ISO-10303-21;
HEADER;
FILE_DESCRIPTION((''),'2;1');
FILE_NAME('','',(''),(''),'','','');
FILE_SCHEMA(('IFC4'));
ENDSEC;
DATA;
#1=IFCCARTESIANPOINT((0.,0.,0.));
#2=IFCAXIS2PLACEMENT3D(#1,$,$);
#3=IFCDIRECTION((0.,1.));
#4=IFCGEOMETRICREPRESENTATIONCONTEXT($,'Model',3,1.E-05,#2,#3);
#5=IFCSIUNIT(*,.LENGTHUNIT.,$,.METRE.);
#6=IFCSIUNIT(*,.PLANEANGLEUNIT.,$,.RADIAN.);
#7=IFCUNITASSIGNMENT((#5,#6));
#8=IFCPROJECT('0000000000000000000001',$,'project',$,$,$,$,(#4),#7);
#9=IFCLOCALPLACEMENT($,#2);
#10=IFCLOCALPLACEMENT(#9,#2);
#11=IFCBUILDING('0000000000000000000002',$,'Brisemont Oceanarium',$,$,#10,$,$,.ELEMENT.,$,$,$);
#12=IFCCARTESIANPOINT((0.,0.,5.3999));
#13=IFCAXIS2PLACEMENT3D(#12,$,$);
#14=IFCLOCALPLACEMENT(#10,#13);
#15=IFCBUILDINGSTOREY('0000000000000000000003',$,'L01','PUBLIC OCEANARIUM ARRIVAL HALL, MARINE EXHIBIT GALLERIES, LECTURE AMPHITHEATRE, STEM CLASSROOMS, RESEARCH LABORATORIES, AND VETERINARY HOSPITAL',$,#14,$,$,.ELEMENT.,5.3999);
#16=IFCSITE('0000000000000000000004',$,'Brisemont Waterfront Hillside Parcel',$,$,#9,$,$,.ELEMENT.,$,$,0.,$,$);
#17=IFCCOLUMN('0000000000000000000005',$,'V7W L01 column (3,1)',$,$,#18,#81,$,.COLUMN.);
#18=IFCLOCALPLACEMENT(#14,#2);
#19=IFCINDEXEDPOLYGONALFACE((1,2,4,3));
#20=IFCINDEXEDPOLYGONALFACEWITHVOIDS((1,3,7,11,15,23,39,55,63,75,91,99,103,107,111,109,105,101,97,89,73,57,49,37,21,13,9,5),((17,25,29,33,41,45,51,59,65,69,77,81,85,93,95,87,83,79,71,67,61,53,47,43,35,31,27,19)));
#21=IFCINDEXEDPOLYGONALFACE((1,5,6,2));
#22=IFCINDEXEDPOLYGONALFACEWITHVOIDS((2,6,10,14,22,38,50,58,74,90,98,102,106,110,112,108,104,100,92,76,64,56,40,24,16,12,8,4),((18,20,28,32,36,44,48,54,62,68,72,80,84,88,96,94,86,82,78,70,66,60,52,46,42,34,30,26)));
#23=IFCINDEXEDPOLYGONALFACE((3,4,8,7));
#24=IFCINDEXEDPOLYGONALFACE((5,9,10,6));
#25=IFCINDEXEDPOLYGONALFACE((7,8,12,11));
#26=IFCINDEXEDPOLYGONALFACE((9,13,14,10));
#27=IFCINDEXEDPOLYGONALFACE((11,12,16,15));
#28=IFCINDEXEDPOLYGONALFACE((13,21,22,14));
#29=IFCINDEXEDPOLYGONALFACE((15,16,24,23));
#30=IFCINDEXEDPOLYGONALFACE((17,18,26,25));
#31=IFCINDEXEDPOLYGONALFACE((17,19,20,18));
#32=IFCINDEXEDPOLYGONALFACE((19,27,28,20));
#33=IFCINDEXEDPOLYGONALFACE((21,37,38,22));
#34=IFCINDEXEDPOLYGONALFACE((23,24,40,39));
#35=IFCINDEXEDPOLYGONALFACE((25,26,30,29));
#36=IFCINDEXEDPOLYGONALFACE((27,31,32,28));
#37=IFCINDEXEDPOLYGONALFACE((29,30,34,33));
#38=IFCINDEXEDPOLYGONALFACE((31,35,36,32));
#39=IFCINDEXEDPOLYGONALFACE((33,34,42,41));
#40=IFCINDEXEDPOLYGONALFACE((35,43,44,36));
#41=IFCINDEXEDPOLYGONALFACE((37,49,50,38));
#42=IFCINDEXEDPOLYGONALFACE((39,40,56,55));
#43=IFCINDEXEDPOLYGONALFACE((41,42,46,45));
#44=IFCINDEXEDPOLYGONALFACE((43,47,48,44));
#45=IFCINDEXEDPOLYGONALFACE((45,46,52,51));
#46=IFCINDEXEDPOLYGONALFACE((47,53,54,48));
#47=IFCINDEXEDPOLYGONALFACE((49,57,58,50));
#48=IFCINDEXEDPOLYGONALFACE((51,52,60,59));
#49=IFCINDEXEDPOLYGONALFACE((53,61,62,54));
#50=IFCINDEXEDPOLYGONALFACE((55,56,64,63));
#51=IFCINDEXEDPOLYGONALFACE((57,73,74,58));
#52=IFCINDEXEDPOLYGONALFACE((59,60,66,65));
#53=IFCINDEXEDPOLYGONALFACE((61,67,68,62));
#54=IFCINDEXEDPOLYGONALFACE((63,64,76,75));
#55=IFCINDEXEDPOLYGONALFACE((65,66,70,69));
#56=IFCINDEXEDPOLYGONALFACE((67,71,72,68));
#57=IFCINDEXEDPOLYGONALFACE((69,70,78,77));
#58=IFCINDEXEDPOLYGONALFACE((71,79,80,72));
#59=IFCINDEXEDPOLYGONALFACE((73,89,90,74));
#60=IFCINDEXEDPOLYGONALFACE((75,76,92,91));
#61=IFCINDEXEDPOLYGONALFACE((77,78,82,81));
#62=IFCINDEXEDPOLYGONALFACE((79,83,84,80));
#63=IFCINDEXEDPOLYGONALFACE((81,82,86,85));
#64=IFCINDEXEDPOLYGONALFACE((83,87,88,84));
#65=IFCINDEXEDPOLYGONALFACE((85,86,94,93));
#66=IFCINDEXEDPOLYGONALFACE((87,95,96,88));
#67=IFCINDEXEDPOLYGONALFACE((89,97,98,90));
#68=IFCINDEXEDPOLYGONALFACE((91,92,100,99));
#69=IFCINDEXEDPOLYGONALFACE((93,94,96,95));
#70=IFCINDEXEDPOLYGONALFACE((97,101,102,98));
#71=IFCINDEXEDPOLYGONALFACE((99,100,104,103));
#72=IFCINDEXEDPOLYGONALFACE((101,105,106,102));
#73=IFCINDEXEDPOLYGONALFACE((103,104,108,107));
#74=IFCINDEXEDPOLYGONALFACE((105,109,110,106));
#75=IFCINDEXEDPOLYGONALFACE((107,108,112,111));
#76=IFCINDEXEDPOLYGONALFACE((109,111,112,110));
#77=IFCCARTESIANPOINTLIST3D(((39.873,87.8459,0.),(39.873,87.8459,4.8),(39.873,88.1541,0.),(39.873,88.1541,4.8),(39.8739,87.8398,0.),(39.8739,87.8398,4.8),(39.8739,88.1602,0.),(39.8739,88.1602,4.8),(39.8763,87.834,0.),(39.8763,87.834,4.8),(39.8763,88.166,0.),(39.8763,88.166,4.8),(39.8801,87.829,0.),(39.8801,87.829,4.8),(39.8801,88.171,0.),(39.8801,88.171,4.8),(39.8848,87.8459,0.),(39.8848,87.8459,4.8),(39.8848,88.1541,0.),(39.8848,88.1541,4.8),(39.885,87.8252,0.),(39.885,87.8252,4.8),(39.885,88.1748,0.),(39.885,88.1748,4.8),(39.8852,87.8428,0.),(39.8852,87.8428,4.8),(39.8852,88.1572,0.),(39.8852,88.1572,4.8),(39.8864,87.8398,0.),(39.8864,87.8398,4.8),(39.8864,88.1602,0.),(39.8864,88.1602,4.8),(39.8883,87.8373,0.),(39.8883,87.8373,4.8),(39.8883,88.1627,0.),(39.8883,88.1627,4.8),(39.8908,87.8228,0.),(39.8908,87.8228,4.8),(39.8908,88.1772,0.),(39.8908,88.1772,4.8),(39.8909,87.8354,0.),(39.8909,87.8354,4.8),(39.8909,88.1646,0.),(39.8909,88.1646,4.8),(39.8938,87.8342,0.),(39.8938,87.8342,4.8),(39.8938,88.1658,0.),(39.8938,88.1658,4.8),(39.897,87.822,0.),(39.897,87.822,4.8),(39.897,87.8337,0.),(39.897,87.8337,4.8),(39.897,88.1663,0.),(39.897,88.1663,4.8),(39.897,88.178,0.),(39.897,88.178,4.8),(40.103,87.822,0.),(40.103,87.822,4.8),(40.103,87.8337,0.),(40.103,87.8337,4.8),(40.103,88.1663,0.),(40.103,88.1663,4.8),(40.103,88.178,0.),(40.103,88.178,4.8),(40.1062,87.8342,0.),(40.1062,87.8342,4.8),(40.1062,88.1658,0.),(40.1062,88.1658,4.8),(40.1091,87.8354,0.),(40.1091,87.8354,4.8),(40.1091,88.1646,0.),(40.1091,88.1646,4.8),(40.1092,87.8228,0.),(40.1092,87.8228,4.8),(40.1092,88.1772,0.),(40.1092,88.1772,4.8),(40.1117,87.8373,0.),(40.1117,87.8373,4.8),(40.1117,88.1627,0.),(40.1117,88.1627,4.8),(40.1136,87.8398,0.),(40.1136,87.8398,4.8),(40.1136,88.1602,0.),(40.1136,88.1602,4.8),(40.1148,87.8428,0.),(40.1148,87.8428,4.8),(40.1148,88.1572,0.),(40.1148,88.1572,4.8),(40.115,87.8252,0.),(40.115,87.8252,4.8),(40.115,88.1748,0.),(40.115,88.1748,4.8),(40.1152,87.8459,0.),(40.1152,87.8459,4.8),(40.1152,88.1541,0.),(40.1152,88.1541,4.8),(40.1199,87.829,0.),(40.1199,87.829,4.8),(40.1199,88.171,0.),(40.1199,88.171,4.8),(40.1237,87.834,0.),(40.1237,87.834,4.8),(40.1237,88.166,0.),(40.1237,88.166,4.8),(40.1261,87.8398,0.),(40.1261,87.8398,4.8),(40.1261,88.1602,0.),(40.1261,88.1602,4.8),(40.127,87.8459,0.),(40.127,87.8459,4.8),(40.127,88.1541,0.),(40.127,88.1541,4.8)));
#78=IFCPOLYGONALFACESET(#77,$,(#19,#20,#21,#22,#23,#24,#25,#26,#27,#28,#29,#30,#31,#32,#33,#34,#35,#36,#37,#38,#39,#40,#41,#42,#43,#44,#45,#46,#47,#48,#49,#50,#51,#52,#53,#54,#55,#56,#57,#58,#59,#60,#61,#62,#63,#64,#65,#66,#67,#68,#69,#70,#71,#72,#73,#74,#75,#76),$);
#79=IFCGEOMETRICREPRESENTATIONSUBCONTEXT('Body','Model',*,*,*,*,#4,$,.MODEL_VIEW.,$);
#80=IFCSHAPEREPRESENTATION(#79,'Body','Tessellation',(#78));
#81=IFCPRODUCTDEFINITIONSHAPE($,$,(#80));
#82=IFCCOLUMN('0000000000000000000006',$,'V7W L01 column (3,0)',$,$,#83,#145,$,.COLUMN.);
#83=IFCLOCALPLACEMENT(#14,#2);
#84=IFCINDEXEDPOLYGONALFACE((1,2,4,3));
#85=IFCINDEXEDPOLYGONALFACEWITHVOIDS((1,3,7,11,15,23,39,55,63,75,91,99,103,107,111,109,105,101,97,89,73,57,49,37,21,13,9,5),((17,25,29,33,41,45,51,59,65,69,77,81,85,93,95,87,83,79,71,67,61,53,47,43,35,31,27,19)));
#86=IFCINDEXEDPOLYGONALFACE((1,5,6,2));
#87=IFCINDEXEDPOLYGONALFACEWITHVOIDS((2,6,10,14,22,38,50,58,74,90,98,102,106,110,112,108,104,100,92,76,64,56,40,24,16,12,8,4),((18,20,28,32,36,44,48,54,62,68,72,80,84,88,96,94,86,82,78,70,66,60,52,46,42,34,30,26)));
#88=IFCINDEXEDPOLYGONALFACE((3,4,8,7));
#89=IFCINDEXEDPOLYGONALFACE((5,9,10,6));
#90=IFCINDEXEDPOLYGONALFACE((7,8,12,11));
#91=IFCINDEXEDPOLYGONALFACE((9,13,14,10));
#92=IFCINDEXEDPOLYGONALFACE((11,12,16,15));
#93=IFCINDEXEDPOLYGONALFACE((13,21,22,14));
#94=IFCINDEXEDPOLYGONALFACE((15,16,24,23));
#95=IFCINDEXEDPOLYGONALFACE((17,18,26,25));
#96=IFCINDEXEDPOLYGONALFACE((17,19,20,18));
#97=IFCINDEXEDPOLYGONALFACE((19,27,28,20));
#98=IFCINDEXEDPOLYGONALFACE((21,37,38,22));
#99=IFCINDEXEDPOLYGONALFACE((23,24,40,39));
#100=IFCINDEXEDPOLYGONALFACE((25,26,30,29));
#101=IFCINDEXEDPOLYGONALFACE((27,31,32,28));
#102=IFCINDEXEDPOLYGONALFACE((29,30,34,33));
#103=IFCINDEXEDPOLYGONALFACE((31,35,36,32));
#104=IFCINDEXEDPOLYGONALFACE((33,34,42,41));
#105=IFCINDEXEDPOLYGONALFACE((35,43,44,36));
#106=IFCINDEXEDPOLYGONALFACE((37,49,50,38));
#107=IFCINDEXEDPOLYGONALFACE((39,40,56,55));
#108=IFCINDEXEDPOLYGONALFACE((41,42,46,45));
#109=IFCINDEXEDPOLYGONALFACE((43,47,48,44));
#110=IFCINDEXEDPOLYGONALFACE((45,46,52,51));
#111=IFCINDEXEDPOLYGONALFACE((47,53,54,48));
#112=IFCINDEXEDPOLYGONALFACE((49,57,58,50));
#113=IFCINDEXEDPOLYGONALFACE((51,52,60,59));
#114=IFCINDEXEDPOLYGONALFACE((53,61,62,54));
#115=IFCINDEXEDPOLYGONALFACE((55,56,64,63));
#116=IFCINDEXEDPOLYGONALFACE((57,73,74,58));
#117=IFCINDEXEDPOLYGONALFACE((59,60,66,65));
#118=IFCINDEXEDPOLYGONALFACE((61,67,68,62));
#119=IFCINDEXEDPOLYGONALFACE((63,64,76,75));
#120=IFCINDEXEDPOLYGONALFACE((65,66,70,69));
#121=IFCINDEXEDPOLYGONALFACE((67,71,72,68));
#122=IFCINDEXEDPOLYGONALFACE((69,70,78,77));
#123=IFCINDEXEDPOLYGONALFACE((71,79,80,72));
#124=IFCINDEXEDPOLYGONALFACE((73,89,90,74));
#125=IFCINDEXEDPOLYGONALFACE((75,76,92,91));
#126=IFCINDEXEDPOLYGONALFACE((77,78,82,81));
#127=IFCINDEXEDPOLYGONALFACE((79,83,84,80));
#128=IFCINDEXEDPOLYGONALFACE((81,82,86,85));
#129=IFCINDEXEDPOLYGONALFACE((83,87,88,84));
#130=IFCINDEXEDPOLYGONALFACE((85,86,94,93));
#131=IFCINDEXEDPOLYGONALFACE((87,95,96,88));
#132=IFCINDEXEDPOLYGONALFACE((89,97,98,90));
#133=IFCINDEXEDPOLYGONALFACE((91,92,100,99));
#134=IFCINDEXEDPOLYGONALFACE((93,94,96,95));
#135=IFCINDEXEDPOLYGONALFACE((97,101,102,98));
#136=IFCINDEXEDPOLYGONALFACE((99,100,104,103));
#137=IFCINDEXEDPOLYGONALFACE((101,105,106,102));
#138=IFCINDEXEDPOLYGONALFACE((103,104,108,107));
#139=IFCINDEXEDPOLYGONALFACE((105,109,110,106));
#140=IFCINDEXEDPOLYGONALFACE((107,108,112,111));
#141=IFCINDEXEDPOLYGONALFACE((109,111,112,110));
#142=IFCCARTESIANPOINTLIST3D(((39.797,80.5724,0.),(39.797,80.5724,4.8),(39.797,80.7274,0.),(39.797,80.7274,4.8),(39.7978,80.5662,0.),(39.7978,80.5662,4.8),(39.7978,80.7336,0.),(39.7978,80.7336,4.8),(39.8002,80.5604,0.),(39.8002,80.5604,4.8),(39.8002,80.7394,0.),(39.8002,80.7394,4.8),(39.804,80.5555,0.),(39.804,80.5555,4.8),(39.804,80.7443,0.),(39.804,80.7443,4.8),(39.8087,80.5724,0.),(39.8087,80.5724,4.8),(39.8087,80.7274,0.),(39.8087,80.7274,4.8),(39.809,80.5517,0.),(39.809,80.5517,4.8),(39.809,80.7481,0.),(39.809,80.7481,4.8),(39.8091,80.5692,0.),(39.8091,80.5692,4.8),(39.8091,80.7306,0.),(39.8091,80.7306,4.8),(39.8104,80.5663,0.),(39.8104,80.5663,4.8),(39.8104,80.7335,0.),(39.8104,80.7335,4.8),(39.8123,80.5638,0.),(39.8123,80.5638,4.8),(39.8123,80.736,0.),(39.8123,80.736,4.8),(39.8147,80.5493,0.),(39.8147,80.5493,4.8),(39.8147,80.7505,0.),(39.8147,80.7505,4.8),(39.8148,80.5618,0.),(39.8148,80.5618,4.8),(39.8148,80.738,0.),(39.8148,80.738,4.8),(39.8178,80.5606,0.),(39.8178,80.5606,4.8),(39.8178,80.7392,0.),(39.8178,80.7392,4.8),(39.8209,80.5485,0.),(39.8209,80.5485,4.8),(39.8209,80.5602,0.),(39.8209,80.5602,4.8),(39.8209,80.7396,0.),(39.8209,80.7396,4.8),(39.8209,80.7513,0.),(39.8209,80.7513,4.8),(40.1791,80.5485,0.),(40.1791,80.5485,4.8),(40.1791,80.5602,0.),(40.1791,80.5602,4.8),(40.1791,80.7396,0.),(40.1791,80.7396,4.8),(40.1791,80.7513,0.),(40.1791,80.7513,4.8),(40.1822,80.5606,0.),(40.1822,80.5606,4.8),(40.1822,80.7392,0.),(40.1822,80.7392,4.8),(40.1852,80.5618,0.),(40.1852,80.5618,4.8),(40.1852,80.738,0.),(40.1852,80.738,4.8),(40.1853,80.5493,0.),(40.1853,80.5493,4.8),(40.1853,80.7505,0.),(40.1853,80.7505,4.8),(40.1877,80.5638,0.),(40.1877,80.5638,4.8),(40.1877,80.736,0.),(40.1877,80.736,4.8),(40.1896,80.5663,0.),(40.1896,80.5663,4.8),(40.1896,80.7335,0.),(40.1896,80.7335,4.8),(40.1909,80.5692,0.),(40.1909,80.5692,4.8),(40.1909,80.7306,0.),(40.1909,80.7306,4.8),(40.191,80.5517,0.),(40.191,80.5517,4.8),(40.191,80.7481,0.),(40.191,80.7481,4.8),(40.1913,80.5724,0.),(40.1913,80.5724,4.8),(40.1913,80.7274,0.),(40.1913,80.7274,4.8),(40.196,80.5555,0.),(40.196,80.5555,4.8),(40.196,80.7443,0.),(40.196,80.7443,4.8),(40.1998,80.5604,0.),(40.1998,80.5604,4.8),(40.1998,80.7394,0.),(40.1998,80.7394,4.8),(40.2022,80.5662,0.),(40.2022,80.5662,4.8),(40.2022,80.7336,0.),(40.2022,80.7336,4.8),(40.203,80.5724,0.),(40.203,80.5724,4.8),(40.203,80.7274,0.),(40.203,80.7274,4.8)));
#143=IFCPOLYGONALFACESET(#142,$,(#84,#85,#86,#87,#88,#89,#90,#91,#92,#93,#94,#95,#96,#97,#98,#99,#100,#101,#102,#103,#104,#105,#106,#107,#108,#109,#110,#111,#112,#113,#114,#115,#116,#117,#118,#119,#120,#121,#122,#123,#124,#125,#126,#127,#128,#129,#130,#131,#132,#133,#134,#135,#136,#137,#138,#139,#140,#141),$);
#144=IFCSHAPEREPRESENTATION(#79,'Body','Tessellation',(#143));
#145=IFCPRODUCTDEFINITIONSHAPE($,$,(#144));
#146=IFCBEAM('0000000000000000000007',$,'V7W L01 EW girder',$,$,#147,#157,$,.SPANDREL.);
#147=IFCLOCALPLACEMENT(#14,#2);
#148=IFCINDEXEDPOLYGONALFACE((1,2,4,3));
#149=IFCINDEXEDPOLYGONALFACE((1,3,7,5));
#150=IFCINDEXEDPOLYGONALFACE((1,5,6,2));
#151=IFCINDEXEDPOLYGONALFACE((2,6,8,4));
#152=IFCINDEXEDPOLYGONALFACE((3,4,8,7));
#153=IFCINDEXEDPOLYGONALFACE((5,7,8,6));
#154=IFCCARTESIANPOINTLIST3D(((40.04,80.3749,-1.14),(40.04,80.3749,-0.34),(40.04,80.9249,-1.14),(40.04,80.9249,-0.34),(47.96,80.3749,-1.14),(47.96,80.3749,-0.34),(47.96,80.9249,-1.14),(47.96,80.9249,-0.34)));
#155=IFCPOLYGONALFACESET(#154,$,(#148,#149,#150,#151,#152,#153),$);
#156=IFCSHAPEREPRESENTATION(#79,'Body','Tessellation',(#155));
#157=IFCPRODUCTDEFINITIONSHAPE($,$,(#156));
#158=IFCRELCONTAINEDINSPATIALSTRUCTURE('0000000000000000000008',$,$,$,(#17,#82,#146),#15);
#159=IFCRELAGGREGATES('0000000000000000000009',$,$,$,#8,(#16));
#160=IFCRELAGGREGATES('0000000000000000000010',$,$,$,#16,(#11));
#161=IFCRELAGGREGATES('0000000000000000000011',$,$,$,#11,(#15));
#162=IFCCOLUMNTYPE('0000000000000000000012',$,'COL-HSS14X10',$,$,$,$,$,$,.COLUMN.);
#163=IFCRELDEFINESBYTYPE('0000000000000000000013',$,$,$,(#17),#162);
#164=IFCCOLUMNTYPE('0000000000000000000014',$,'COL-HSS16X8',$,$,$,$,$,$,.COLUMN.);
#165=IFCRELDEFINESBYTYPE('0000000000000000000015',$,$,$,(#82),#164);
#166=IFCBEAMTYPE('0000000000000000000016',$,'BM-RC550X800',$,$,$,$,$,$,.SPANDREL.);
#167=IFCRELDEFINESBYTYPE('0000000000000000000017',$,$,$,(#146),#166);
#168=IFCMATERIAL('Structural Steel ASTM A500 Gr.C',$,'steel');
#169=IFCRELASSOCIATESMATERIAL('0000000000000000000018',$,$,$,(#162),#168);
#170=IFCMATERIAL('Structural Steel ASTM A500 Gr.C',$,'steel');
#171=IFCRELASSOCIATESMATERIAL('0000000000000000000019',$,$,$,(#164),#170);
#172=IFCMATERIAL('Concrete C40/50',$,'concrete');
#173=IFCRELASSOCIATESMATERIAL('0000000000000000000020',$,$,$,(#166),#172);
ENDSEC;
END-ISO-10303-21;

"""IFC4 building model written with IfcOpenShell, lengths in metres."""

from ifc_helpers import new_model, si_unit, direction, frame, origin, origin_2d, place, context, subcontext, project, spatial, rectangle, hollow_rectangle, extrude, material, material_profile, profile_set, type_object, element, save


model = new_model("IFC4")

# Units and contexts
model_context = context("Model", 3, precision=1e-05, world=origin(), true_north=direction((0.0, 1.0)))
body_context = subcontext(model_context, "Body", "Model", "MODEL_VIEW")
ifc_project = project(units=[si_unit("LENGTHUNIT", "METRE"), si_unit("PLANEANGLEUNIT", "RADIAN")], contexts=[model_context])

# Site, building, storey
site_placement = place(None, origin())
site = spatial("IfcSite", under=ifc_project, at=site_placement, Name="Brisemont Waterfront Hillside Parcel", CompositionType="ELEMENT", RefElevation=0.0)
building_placement = place(site_placement, origin())
building = spatial("IfcBuilding", under=site, at=building_placement, Name="Brisemont Oceanarium", CompositionType="ELEMENT")
storey_placement = place(building_placement, frame((0.0, 0.0, 5.3999)))
storey = spatial("IfcBuildingStorey", under=building, at=storey_placement, Name="L01", Description="PUBLIC OCEANARIUM ARRIVAL HALL, MARINE EXHIBIT GALLERIES, LECTURE AMPHITHEATRE, STEM CLASSROOMS, RESEARCH LABORATORIES, AND VETERINARY HOSPITAL", CompositionType="ELEMENT", Elevation=5.3999)

# Columns
ifc_material_1 = material(Name="Structural Steel ASTM A500 Gr.C", Category="steel")
ifc_material_profile_1 = material_profile(ifc_material_1, hollow_rectangle(XDim=0.2539, YDim=0.356, WallThickness=0.0117, InnerFilletRadius=0.0122, OuterFilletRadius=0.0239, at=origin_2d()), Name="HSS14X10X1/2")
ifc_profile_set_1 = profile_set([ifc_material_profile_1], Name="Structural Steel ASTM A500 Gr.C")
column_type_1 = type_object("IfcColumnType", Name="COL-HSS14X10", PredefinedType="COLUMN", material=ifc_profile_set_1)
column_1_placement = place(storey_placement, frame((40.0, 88.0, 0.0), z_axis=(0.0, 0.0, 1.0), x_axis=(1.0, 0.0, 0.0)))
element("IfcColumn", 1, at=column_1_placement, inside=storey, type_object=column_type_1, Name="V7W L01 column (3,1)", PredefinedType="COLUMN", context=body_context, shape_type="SweptSolid", body=[
    extrude(hollow_rectangle(XDim=0.2539, YDim=0.356, WallThickness=0.0117, InnerFilletRadius=0.0122, OuterFilletRadius=0.0239, at=origin_2d()), origin(), (0.0, 0.0, 1.0), 4.8),
])
ifc_material_2 = material(Name="Structural Steel ASTM A500 Gr.C", Category="steel")
ifc_material_profile_2 = material_profile(ifc_material_2, hollow_rectangle(XDim=0.2029, YDim=0.406, WallThickness=0.0117, InnerFilletRadius=0.0122, OuterFilletRadius=0.0239, at=origin_2d()), Name="HSS16X8X1/2")
ifc_profile_set_2 = profile_set([ifc_material_profile_2], Name="Structural Steel ASTM A500 Gr.C")
column_type_2 = type_object("IfcColumnType", Name="COL-HSS16X8", PredefinedType="COLUMN", material=ifc_profile_set_2)
column_2_placement = place(storey_placement, frame((40.0, 80.6499, 0.0), z_axis=(0.0, 0.0, 1.0), x_axis=(0.0, 1.0, 0.0)))
element("IfcColumn", 2, at=column_2_placement, inside=storey, type_object=column_type_2, Name="V7W L01 column (3,0)", PredefinedType="COLUMN", context=body_context, shape_type="SweptSolid", body=[
    extrude(hollow_rectangle(XDim=0.2029, YDim=0.406, WallThickness=0.0117, InnerFilletRadius=0.0122, OuterFilletRadius=0.0239, at=origin_2d()), origin(), (0.0, 0.0, 1.0), 4.8),
])

# Beam
ifc_material_3 = material(Name="Concrete C40/50", Category="concrete")
ifc_material_profile_3 = material_profile(ifc_material_3, rectangle(XDim=0.55, YDim=0.8, at=origin_2d()), Name="RC-BM-550X800")
ifc_profile_set_3 = profile_set([ifc_material_profile_3], Name="Concrete C40/50")
beam_type_1 = type_object("IfcBeamType", Name="BM-RC550X800", PredefinedType="SPANDREL", material=ifc_profile_set_3)
beam_1_placement = place(storey_placement, frame((40.04, 80.6499, -0.74), z_axis=(1.0, 0.0, 0.0), x_axis=(0.0, 1.0, 0.0)))
element("IfcBeam", 3, at=beam_1_placement, inside=storey, type_object=beam_type_1, Name="V7W L01 EW girder", PredefinedType="SPANDREL", context=body_context, shape_type="SweptSolid", body=[
    extrude(rectangle(XDim=0.55, YDim=0.8, at=origin_2d()), origin(), (0.0, 0.0, 1.0), 7.9199),
])

save(model, "model.ifc")
